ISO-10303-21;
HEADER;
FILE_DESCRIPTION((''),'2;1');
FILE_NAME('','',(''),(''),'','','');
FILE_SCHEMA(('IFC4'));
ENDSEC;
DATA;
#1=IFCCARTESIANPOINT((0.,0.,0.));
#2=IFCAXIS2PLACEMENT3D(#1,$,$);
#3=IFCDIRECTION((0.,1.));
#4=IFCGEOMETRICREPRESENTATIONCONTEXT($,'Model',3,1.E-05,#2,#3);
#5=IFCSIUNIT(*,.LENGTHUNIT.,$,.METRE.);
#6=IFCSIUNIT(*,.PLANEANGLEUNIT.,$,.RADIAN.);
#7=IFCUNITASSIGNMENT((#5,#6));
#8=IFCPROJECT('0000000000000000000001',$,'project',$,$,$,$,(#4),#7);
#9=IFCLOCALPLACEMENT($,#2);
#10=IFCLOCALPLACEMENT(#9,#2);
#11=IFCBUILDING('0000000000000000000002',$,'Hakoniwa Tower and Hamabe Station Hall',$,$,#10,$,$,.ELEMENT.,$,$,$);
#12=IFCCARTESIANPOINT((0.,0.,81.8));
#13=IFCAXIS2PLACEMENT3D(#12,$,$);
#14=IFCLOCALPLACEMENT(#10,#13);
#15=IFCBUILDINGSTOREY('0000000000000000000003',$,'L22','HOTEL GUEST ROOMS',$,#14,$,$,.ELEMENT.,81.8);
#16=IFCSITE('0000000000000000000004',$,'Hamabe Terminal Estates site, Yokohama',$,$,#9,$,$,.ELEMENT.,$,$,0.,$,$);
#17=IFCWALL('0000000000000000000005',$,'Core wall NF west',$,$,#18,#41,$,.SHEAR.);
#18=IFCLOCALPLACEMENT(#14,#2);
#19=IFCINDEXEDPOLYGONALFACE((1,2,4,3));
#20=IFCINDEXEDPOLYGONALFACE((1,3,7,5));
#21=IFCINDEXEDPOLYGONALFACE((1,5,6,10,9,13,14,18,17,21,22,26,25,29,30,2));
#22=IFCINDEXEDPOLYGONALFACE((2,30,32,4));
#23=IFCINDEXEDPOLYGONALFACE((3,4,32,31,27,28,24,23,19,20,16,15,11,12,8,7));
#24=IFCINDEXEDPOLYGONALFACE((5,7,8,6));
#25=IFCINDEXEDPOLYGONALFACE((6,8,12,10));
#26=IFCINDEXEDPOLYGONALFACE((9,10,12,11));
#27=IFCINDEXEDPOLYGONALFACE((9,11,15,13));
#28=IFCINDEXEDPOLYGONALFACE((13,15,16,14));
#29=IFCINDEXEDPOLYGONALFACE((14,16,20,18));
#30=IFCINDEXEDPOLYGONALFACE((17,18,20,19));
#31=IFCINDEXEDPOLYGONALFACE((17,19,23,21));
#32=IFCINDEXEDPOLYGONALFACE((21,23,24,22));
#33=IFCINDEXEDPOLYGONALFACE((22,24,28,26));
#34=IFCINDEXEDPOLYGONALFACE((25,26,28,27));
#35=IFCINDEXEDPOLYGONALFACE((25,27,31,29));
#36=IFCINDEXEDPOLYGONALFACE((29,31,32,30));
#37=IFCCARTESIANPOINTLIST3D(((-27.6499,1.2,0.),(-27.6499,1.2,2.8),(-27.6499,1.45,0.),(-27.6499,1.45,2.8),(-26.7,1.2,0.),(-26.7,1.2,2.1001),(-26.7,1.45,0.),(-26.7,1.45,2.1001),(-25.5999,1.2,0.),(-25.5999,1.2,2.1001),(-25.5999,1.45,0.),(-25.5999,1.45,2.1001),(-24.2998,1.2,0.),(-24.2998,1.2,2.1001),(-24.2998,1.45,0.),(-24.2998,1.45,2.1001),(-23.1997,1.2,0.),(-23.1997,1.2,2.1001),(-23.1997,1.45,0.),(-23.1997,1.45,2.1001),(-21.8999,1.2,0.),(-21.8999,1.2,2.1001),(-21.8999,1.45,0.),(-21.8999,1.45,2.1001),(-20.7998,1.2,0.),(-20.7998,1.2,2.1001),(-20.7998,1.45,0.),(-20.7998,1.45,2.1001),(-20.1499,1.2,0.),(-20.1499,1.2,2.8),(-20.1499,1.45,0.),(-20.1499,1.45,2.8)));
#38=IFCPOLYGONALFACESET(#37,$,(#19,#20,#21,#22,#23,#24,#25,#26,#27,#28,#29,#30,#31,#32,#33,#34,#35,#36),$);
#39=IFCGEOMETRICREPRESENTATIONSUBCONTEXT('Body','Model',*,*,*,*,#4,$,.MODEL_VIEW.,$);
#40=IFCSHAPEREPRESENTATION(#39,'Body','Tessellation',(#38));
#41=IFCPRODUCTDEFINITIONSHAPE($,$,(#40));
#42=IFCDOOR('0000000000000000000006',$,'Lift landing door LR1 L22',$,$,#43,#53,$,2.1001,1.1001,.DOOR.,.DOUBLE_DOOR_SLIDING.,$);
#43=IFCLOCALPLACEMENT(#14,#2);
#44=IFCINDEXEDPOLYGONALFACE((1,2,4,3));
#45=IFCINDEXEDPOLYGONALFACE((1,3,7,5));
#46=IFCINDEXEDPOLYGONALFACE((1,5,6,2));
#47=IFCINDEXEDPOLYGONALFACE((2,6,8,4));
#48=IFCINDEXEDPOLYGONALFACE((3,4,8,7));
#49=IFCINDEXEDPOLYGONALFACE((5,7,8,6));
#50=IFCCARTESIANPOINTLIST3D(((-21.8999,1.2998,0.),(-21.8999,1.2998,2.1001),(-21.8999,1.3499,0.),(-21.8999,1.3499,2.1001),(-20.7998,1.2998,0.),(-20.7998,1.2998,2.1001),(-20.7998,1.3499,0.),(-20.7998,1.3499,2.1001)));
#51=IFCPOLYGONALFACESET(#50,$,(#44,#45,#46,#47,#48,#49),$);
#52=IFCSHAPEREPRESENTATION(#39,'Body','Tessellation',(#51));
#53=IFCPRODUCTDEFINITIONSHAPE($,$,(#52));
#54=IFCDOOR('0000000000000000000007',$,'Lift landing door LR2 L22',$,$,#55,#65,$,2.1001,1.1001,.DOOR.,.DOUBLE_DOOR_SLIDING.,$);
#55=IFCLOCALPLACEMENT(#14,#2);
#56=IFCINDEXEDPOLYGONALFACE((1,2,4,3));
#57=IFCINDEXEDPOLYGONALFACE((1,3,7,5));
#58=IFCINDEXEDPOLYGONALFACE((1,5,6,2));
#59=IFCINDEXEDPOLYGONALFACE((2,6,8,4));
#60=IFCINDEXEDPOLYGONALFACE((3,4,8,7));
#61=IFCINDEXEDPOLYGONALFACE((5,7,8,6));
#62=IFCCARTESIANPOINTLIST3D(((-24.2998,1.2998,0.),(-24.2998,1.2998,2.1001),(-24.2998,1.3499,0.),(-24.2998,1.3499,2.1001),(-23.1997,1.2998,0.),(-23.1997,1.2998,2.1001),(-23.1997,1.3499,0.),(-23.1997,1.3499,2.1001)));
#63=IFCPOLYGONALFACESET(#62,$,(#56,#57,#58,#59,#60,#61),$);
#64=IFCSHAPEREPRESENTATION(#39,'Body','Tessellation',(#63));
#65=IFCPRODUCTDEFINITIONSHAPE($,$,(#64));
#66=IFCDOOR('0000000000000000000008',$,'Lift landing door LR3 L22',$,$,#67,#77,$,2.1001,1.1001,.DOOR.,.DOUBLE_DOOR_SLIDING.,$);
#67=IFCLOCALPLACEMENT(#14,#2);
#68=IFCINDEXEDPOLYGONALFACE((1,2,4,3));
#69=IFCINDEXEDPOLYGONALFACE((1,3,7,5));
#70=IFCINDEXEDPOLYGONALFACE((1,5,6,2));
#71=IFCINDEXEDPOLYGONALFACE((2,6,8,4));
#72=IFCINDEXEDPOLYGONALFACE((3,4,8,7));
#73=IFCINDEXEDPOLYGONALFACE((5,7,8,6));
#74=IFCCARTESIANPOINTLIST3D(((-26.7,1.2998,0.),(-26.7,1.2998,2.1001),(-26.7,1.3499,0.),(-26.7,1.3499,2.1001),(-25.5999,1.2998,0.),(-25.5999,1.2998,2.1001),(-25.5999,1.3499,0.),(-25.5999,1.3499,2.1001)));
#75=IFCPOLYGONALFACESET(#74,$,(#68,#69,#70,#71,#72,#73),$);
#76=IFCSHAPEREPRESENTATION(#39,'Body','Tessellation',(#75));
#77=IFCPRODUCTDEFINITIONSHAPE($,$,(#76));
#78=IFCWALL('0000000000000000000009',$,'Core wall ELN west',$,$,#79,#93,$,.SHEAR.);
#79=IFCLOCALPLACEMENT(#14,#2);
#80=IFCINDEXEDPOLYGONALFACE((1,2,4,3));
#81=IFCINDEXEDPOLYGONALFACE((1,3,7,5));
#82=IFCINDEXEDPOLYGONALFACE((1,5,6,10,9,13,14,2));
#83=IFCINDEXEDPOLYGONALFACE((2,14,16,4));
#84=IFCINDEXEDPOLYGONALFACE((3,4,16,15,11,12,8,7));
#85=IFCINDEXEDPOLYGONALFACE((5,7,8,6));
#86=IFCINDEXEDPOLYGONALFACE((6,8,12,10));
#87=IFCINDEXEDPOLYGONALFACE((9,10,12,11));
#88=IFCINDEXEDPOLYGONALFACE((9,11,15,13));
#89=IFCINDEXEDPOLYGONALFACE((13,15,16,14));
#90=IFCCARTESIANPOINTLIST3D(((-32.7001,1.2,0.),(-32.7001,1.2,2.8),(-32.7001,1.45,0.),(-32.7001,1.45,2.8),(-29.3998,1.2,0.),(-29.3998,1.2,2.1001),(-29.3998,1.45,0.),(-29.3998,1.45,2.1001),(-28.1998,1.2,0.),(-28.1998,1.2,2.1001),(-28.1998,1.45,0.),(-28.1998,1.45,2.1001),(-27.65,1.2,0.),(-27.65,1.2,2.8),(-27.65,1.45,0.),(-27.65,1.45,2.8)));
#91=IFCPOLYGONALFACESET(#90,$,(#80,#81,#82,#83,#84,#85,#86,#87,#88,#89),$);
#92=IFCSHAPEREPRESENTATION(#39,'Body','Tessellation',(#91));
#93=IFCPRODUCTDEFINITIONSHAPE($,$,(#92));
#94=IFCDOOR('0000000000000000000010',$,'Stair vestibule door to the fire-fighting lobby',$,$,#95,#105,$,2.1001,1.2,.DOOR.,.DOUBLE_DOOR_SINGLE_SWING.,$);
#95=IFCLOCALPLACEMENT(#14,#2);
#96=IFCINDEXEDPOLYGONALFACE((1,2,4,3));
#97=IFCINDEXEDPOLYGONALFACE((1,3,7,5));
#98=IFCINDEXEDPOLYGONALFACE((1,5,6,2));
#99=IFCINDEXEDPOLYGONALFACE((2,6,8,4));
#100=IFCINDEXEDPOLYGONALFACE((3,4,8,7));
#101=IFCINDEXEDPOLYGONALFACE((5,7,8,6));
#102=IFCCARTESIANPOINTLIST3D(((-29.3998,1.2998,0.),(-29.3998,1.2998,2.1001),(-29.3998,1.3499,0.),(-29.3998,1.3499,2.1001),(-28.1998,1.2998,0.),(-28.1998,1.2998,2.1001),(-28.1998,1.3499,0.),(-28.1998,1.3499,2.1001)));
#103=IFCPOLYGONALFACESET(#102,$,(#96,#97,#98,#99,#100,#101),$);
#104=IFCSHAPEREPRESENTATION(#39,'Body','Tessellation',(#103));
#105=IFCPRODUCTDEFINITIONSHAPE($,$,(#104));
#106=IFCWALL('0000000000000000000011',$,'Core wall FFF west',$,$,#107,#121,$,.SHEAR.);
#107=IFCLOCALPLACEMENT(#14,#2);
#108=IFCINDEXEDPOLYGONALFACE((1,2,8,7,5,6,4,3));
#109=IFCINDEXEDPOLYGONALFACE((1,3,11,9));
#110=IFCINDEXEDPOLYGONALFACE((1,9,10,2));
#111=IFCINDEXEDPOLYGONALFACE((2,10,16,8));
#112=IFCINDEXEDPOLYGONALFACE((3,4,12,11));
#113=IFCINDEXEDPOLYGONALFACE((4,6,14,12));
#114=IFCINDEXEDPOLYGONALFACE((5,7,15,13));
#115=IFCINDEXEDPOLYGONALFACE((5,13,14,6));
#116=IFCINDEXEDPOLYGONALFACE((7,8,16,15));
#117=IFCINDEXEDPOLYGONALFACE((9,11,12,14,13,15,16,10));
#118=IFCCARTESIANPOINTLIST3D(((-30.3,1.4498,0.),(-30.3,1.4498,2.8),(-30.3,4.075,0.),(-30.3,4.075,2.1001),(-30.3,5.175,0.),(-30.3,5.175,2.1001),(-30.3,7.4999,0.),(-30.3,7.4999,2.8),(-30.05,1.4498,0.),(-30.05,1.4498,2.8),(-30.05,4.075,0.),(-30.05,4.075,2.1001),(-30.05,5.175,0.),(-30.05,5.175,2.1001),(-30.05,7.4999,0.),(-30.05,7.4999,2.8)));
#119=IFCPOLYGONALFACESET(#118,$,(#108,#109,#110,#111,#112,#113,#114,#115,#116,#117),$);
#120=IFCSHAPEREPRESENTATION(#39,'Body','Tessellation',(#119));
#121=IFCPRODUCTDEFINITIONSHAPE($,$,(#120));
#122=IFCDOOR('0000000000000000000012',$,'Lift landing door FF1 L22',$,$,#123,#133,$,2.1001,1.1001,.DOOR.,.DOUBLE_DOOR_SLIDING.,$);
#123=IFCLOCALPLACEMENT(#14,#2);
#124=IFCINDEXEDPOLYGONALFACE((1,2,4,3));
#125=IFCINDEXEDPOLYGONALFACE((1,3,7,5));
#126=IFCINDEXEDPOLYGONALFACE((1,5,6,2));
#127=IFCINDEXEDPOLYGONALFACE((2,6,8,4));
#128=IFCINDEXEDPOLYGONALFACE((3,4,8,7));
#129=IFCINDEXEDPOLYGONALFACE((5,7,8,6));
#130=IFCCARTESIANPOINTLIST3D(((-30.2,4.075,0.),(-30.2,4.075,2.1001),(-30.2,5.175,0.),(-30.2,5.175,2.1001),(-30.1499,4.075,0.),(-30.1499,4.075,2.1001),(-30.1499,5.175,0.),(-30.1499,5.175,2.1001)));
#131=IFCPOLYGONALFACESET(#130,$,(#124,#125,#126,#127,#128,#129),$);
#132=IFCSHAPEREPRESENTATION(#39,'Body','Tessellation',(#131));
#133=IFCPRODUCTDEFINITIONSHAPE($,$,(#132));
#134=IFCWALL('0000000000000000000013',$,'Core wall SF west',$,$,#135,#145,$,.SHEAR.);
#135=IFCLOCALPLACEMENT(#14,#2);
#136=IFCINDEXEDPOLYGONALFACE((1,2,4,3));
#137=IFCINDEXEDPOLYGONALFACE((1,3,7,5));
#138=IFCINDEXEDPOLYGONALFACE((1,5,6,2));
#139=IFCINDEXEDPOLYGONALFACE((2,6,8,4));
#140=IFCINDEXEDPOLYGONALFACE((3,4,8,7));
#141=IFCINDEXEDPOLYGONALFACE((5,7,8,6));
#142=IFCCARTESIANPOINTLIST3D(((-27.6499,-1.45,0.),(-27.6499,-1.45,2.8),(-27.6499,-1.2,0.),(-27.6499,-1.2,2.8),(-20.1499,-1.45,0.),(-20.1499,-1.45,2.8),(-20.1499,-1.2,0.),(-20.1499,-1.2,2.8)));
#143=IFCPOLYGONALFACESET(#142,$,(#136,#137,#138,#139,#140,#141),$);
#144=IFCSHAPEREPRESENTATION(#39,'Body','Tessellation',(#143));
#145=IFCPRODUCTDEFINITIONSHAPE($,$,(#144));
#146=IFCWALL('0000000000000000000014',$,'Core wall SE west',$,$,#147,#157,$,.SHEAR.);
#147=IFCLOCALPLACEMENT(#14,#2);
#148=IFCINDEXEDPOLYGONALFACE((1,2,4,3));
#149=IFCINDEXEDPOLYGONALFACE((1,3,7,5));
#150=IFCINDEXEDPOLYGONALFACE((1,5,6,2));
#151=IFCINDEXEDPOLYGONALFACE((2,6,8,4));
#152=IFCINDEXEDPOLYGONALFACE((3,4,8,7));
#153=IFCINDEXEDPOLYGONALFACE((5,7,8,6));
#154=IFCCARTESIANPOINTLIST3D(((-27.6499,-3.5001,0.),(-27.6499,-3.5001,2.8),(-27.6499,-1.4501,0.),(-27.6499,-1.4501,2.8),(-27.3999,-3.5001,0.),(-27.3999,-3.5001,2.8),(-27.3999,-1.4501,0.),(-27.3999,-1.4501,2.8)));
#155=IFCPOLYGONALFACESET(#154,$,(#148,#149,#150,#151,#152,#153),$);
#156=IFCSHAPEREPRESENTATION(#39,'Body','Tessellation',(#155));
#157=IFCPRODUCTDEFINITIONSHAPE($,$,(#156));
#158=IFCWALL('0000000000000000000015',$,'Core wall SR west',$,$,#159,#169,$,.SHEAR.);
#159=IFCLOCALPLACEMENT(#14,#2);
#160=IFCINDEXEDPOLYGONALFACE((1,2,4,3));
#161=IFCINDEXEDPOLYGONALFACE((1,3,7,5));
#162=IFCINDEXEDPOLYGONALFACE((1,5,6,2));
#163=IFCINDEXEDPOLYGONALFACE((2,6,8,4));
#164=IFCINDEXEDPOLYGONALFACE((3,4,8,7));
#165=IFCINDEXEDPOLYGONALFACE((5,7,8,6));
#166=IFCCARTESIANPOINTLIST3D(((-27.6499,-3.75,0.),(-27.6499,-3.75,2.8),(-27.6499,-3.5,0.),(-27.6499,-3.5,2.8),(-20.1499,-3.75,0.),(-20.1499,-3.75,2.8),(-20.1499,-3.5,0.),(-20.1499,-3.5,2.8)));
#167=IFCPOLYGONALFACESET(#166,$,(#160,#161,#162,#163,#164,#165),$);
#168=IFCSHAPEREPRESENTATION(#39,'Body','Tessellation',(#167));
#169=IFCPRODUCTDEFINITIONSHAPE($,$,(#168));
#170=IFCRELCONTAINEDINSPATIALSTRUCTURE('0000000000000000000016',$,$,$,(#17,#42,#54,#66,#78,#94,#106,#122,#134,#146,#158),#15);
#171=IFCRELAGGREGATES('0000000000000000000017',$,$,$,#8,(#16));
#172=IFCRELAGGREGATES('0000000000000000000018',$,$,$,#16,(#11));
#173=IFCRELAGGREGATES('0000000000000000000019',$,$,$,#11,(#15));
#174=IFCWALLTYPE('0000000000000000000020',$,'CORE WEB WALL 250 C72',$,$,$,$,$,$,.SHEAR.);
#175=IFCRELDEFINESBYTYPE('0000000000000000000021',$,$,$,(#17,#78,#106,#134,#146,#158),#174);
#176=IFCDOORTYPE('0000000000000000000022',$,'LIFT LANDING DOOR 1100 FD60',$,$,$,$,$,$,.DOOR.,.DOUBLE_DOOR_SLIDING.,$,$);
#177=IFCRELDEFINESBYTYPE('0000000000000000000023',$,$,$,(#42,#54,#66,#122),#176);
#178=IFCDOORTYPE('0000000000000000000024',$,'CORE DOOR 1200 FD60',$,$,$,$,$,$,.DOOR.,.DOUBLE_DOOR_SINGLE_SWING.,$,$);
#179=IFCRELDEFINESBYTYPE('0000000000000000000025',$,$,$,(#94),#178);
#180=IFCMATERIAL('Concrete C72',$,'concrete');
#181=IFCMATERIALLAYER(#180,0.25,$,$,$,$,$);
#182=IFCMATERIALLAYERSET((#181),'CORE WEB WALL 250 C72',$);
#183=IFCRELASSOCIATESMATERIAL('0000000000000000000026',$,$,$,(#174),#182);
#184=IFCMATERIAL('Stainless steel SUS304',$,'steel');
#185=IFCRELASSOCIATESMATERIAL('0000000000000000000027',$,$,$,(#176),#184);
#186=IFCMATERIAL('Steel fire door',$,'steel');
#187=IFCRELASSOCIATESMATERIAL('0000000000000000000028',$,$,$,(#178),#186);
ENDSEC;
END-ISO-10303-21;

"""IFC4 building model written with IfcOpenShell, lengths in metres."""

from ifc_helpers import new_model, si_unit, direction, frame, frame_2d, origin, place, context, subcontext, project, spatial, rectangle, extrude, material, layer, layer_set, type_object, element, fill, save


model = new_model("IFC4")

# Units and contexts
model_context = context("Model", 3, precision=1e-05, world=origin(), true_north=direction((0.0, 1.0)))
body_context = subcontext(model_context, "Body", "Model", "MODEL_VIEW")
ifc_project = project(units=[si_unit("LENGTHUNIT", "METRE"), si_unit("PLANEANGLEUNIT", "RADIAN")], contexts=[model_context])

# Site, building, storey
site_placement = place(None, origin())
site = spatial("IfcSite", under=ifc_project, at=site_placement, Name="Hamabe Terminal Estates site, Yokohama", CompositionType="ELEMENT", RefElevation=0.0)
building_placement = place(site_placement, origin())
building = spatial("IfcBuilding", under=site, at=building_placement, Name="Hakoniwa Tower and Hamabe Station Hall", CompositionType="ELEMENT")
storey_placement = place(building_placement, frame((0.0, 0.0, 81.8)))
storey = spatial("IfcBuildingStorey", under=building, at=storey_placement, Name="L22", Description="HOTEL GUEST ROOMS", CompositionType="ELEMENT", Elevation=81.8)

# Wall, openings, doors
ifc_material_1 = material(Name="Concrete C72", Category="concrete")
ifc_layer_1 = layer(ifc_material_1, 0.25)
ifc_layer_set_1 = layer_set([ifc_layer_1], Name="CORE WEB WALL 250 C72")
wall_type_1 = type_object("IfcWallType", Name="CORE WEB WALL 250 C72", PredefinedType="SHEAR", material=ifc_layer_set_1)
wall_1_placement = place(storey_placement, frame((-27.6499, 1.325, 0.0), z_axis=(0.0, 0.0, 1.0), x_axis=(1.0, 0.0, 0.0)))
wall_1 = element("IfcWall", 1, at=wall_1_placement, inside=storey, type_object=wall_type_1, Name="Core wall NF west", PredefinedType="SHEAR", context=body_context, shape_type="SweptSolid", body=[
    extrude(rectangle(XDim=7.5, YDim=0.25, at=frame_2d((3.75, 0.0))), origin(), (0.0, 0.0, 1.0), 2.8),
])
opening_1_placement = place(wall_1_placement, frame((5.75, 0.0, 0.0)))
opening_1 = element("IfcOpeningElement", 2, at=opening_1_placement, cuts=wall_1, PredefinedType="OPENING", context=body_context, shape_type="SweptSolid", body=[
    extrude(rectangle(XDim=1.1001, YDim=2.1001, at=frame_2d((0.55, 1.05))), frame((0.0, 0.135, 0.0), z_axis=(0.0, -1.0, 0.0), x_axis=(1.0, 0.0, 0.0)), (0.0, 0.0, 1.0), 0.27),
])
opening_2_placement = place(wall_1_placement, frame((3.3501, 0.0, 0.0)))
opening_2 = element("IfcOpeningElement", 3, at=opening_2_placement, cuts=wall_1, PredefinedType="OPENING", context=body_context, shape_type="SweptSolid", body=[
    extrude(rectangle(XDim=1.1001, YDim=2.1001, at=frame_2d((0.55, 1.05))), frame((0.0, 0.135, 0.0), z_axis=(0.0, -1.0, 0.0), x_axis=(1.0, 0.0, 0.0)), (0.0, 0.0, 1.0), 0.27),
])
opening_3_placement = place(wall_1_placement, frame((0.95, 0.0, 0.0)))
opening_3 = element("IfcOpeningElement", 4, at=opening_3_placement, cuts=wall_1, PredefinedType="OPENING", context=body_context, shape_type="SweptSolid", body=[
    extrude(rectangle(XDim=1.1001, YDim=2.1001, at=frame_2d((0.55, 1.05))), frame((0.0, 0.135, 0.0), z_axis=(0.0, -1.0, 0.0), x_axis=(1.0, 0.0, 0.0)), (0.0, 0.0, 1.0), 0.27),
])
ifc_material_2 = material(Name="Stainless steel SUS304", Category="steel")
door_type_1 = type_object("IfcDoorType", Name="LIFT LANDING DOOR 1100 FD60", OperationType="DOUBLE_DOOR_SLIDING", PredefinedType="DOOR", material=ifc_material_2)
door_1_placement = place(opening_1_placement, origin())
door_1 = element("IfcDoor", 5, at=door_1_placement, inside=storey, type_object=door_type_1, Name="Lift landing door LR1 L22", OperationType="DOUBLE_DOOR_SLIDING", OverallHeight=2.1001, OverallWidth=1.1001, PredefinedType="DOOR", context=body_context, shape_type="SweptSolid", body=[
    extrude(rectangle(XDim=1.1001, YDim=2.1001, at=frame_2d((0.55, 1.05))), frame((0.0, 0.0249, 0.0), z_axis=(0.0, -1.0, 0.0), x_axis=(1.0, 0.0, 0.0)), (0.0, 0.0, 1.0), 0.05),
])
fill(opening_1, door_1)
door_2_placement = place(opening_2_placement, origin())
door_2 = element("IfcDoor", 6, at=door_2_placement, inside=storey, type_object=door_type_1, Name="Lift landing door LR2 L22", OperationType="DOUBLE_DOOR_SLIDING", OverallHeight=2.1001, OverallWidth=1.1001, PredefinedType="DOOR", context=body_context, shape_type="SweptSolid", body=[
    extrude(rectangle(XDim=1.1001, YDim=2.1001, at=frame_2d((0.55, 1.05))), frame((0.0, 0.0249, 0.0), z_axis=(0.0, -1.0, 0.0), x_axis=(1.0, 0.0, 0.0)), (0.0, 0.0, 1.0), 0.05),
])
fill(opening_2, door_2)
door_3_placement = place(opening_3_placement, origin())
door_3 = element("IfcDoor", 7, at=door_3_placement, inside=storey, type_object=door_type_1, Name="Lift landing door LR3 L22", OperationType="DOUBLE_DOOR_SLIDING", OverallHeight=2.1001, OverallWidth=1.1001, PredefinedType="DOOR", context=body_context, shape_type="SweptSolid", body=[
    extrude(rectangle(XDim=1.1001, YDim=2.1001, at=frame_2d((0.55, 1.05))), frame((0.0, 0.0249, 0.0), z_axis=(0.0, -1.0, 0.0), x_axis=(1.0, 0.0, 0.0)), (0.0, 0.0, 1.0), 0.05),
])
fill(opening_3, door_3)

# Walls, openings, doors
wall_2_placement = place(storey_placement, frame((-32.7, 1.325, 0.0), z_axis=(0.0, 0.0, 1.0), x_axis=(1.0, 0.0, 0.0)))
wall_2 = element("IfcWall", 8, at=wall_2_placement, inside=storey, type_object=wall_type_1, Name="Core wall ELN west", PredefinedType="SHEAR", context=body_context, shape_type="SweptSolid", body=[
    extrude(rectangle(XDim=5.05, YDim=0.25, at=frame_2d((2.5249, 0.0))), origin(), (0.0, 0.0, 1.0), 2.8),
])
opening_4_placement = place(wall_2_placement, frame((3.3, 0.0, 0.0)))
opening_4 = element("IfcOpeningElement", 9, at=opening_4_placement, cuts=wall_2, PredefinedType="OPENING", context=body_context, shape_type="SweptSolid", body=[
    extrude(rectangle(XDim=1.2, YDim=2.1001, at=frame_2d((0.6001, 1.05))), frame((0.0, 0.135, 0.0), z_axis=(0.0, -1.0, 0.0), x_axis=(1.0, 0.0, 0.0)), (0.0, 0.0, 1.0), 0.27),
])
ifc_material_3 = material(Name="Steel fire door", Category="steel")
door_type_2 = type_object("IfcDoorType", Name="CORE DOOR 1200 FD60", OperationType="DOUBLE_DOOR_SINGLE_SWING", PredefinedType="DOOR", material=ifc_material_3)
door_4_placement = place(opening_4_placement, origin())
door_4 = element("IfcDoor", 10, at=door_4_placement, inside=storey, type_object=door_type_2, Name="Stair vestibule door to the fire-fighting lobby", OperationType="DOUBLE_DOOR_SINGLE_SWING", OverallHeight=2.1001, OverallWidth=1.2, PredefinedType="DOOR", context=body_context, shape_type="SweptSolid", body=[
    extrude(rectangle(XDim=1.2, YDim=2.1001, at=frame_2d((0.6001, 1.05))), frame((0.0, 0.0249, 0.0), z_axis=(0.0, -1.0, 0.0), x_axis=(1.0, 0.0, 0.0)), (0.0, 0.0, 1.0), 0.05),
])
fill(opening_4, door_4)
wall_3_placement = place(storey_placement, frame((-30.175, 1.45, 0.0), z_axis=(0.0, 0.0, 1.0), x_axis=(0.0, 1.0, 0.0)))
wall_3 = element("IfcWall", 11, at=wall_3_placement, inside=storey, type_object=wall_type_1, Name="Core wall FFF west", PredefinedType="SHEAR", context=body_context, shape_type="SweptSolid", body=[
    extrude(rectangle(XDim=6.05, YDim=0.25, at=frame_2d((3.0249, 0.0))), origin(), (0.0, 0.0, 1.0), 2.8),
])
opening_5_placement = place(wall_3_placement, frame((2.625, 0.0, 0.0)))
opening_5 = element("IfcOpeningElement", 12, at=opening_5_placement, cuts=wall_3, PredefinedType="OPENING", context=body_context, shape_type="SweptSolid", body=[
    extrude(rectangle(XDim=1.1001, YDim=2.1001, at=frame_2d((0.55, 1.05))), frame((0.0, 0.135, 0.0), z_axis=(0.0, -1.0, 0.0), x_axis=(1.0, 0.0, 0.0)), (0.0, 0.0, 1.0), 0.27),
])
door_5_placement = place(opening_5_placement, origin())
door_5 = element("IfcDoor", 13, at=door_5_placement, inside=storey, type_object=door_type_1, Name="Lift landing door FF1 L22", OperationType="DOUBLE_DOOR_SLIDING", OverallHeight=2.1001, OverallWidth=1.1001, PredefinedType="DOOR", context=body_context, shape_type="SweptSolid", body=[
    extrude(rectangle(XDim=1.1001, YDim=2.1001, at=frame_2d((0.55, 1.05))), frame((0.0, 0.0249, 0.0), z_axis=(0.0, -1.0, 0.0), x_axis=(1.0, 0.0, 0.0)), (0.0, 0.0, 1.0), 0.05),
])
fill(opening_5, door_5)

# Walls
wall_4_placement = place(storey_placement, frame((-27.6499, -1.325, 0.0), z_axis=(0.0, 0.0, 1.0), x_axis=(1.0, 0.0, 0.0)))
element("IfcWall", 14, at=wall_4_placement, inside=storey, type_object=wall_type_1, Name="Core wall SF west", PredefinedType="SHEAR", context=body_context, shape_type="SweptSolid", body=[
    extrude(rectangle(XDim=7.5, YDim=0.25, at=frame_2d((3.75, 0.0))), origin(), (0.0, 0.0, 1.0), 2.8),
])
wall_5_placement = place(storey_placement, frame((-27.5249, -3.5, 0.0), z_axis=(0.0, 0.0, 1.0), x_axis=(0.0, 1.0, 0.0)))
element("IfcWall", 15, at=wall_5_placement, inside=storey, type_object=wall_type_1, Name="Core wall SE west", PredefinedType="SHEAR", context=body_context, shape_type="SweptSolid", body=[
    extrude(rectangle(XDim=2.05, YDim=0.25, at=frame_2d((1.0249, 0.0))), origin(), (0.0, 0.0, 1.0), 2.8),
])
wall_6_placement = place(storey_placement, frame((-27.6499, -3.625, 0.0), z_axis=(0.0, 0.0, 1.0), x_axis=(1.0, 0.0, 0.0)))
element("IfcWall", 16, at=wall_6_placement, inside=storey, type_object=wall_type_1, Name="Core wall SR west", PredefinedType="SHEAR", context=body_context, shape_type="SweptSolid", body=[
    extrude(rectangle(XDim=7.5, YDim=0.25, at=frame_2d((3.75, 0.0))), origin(), (0.0, 0.0, 1.0), 2.8),
])

save(model, "model.ifc")
